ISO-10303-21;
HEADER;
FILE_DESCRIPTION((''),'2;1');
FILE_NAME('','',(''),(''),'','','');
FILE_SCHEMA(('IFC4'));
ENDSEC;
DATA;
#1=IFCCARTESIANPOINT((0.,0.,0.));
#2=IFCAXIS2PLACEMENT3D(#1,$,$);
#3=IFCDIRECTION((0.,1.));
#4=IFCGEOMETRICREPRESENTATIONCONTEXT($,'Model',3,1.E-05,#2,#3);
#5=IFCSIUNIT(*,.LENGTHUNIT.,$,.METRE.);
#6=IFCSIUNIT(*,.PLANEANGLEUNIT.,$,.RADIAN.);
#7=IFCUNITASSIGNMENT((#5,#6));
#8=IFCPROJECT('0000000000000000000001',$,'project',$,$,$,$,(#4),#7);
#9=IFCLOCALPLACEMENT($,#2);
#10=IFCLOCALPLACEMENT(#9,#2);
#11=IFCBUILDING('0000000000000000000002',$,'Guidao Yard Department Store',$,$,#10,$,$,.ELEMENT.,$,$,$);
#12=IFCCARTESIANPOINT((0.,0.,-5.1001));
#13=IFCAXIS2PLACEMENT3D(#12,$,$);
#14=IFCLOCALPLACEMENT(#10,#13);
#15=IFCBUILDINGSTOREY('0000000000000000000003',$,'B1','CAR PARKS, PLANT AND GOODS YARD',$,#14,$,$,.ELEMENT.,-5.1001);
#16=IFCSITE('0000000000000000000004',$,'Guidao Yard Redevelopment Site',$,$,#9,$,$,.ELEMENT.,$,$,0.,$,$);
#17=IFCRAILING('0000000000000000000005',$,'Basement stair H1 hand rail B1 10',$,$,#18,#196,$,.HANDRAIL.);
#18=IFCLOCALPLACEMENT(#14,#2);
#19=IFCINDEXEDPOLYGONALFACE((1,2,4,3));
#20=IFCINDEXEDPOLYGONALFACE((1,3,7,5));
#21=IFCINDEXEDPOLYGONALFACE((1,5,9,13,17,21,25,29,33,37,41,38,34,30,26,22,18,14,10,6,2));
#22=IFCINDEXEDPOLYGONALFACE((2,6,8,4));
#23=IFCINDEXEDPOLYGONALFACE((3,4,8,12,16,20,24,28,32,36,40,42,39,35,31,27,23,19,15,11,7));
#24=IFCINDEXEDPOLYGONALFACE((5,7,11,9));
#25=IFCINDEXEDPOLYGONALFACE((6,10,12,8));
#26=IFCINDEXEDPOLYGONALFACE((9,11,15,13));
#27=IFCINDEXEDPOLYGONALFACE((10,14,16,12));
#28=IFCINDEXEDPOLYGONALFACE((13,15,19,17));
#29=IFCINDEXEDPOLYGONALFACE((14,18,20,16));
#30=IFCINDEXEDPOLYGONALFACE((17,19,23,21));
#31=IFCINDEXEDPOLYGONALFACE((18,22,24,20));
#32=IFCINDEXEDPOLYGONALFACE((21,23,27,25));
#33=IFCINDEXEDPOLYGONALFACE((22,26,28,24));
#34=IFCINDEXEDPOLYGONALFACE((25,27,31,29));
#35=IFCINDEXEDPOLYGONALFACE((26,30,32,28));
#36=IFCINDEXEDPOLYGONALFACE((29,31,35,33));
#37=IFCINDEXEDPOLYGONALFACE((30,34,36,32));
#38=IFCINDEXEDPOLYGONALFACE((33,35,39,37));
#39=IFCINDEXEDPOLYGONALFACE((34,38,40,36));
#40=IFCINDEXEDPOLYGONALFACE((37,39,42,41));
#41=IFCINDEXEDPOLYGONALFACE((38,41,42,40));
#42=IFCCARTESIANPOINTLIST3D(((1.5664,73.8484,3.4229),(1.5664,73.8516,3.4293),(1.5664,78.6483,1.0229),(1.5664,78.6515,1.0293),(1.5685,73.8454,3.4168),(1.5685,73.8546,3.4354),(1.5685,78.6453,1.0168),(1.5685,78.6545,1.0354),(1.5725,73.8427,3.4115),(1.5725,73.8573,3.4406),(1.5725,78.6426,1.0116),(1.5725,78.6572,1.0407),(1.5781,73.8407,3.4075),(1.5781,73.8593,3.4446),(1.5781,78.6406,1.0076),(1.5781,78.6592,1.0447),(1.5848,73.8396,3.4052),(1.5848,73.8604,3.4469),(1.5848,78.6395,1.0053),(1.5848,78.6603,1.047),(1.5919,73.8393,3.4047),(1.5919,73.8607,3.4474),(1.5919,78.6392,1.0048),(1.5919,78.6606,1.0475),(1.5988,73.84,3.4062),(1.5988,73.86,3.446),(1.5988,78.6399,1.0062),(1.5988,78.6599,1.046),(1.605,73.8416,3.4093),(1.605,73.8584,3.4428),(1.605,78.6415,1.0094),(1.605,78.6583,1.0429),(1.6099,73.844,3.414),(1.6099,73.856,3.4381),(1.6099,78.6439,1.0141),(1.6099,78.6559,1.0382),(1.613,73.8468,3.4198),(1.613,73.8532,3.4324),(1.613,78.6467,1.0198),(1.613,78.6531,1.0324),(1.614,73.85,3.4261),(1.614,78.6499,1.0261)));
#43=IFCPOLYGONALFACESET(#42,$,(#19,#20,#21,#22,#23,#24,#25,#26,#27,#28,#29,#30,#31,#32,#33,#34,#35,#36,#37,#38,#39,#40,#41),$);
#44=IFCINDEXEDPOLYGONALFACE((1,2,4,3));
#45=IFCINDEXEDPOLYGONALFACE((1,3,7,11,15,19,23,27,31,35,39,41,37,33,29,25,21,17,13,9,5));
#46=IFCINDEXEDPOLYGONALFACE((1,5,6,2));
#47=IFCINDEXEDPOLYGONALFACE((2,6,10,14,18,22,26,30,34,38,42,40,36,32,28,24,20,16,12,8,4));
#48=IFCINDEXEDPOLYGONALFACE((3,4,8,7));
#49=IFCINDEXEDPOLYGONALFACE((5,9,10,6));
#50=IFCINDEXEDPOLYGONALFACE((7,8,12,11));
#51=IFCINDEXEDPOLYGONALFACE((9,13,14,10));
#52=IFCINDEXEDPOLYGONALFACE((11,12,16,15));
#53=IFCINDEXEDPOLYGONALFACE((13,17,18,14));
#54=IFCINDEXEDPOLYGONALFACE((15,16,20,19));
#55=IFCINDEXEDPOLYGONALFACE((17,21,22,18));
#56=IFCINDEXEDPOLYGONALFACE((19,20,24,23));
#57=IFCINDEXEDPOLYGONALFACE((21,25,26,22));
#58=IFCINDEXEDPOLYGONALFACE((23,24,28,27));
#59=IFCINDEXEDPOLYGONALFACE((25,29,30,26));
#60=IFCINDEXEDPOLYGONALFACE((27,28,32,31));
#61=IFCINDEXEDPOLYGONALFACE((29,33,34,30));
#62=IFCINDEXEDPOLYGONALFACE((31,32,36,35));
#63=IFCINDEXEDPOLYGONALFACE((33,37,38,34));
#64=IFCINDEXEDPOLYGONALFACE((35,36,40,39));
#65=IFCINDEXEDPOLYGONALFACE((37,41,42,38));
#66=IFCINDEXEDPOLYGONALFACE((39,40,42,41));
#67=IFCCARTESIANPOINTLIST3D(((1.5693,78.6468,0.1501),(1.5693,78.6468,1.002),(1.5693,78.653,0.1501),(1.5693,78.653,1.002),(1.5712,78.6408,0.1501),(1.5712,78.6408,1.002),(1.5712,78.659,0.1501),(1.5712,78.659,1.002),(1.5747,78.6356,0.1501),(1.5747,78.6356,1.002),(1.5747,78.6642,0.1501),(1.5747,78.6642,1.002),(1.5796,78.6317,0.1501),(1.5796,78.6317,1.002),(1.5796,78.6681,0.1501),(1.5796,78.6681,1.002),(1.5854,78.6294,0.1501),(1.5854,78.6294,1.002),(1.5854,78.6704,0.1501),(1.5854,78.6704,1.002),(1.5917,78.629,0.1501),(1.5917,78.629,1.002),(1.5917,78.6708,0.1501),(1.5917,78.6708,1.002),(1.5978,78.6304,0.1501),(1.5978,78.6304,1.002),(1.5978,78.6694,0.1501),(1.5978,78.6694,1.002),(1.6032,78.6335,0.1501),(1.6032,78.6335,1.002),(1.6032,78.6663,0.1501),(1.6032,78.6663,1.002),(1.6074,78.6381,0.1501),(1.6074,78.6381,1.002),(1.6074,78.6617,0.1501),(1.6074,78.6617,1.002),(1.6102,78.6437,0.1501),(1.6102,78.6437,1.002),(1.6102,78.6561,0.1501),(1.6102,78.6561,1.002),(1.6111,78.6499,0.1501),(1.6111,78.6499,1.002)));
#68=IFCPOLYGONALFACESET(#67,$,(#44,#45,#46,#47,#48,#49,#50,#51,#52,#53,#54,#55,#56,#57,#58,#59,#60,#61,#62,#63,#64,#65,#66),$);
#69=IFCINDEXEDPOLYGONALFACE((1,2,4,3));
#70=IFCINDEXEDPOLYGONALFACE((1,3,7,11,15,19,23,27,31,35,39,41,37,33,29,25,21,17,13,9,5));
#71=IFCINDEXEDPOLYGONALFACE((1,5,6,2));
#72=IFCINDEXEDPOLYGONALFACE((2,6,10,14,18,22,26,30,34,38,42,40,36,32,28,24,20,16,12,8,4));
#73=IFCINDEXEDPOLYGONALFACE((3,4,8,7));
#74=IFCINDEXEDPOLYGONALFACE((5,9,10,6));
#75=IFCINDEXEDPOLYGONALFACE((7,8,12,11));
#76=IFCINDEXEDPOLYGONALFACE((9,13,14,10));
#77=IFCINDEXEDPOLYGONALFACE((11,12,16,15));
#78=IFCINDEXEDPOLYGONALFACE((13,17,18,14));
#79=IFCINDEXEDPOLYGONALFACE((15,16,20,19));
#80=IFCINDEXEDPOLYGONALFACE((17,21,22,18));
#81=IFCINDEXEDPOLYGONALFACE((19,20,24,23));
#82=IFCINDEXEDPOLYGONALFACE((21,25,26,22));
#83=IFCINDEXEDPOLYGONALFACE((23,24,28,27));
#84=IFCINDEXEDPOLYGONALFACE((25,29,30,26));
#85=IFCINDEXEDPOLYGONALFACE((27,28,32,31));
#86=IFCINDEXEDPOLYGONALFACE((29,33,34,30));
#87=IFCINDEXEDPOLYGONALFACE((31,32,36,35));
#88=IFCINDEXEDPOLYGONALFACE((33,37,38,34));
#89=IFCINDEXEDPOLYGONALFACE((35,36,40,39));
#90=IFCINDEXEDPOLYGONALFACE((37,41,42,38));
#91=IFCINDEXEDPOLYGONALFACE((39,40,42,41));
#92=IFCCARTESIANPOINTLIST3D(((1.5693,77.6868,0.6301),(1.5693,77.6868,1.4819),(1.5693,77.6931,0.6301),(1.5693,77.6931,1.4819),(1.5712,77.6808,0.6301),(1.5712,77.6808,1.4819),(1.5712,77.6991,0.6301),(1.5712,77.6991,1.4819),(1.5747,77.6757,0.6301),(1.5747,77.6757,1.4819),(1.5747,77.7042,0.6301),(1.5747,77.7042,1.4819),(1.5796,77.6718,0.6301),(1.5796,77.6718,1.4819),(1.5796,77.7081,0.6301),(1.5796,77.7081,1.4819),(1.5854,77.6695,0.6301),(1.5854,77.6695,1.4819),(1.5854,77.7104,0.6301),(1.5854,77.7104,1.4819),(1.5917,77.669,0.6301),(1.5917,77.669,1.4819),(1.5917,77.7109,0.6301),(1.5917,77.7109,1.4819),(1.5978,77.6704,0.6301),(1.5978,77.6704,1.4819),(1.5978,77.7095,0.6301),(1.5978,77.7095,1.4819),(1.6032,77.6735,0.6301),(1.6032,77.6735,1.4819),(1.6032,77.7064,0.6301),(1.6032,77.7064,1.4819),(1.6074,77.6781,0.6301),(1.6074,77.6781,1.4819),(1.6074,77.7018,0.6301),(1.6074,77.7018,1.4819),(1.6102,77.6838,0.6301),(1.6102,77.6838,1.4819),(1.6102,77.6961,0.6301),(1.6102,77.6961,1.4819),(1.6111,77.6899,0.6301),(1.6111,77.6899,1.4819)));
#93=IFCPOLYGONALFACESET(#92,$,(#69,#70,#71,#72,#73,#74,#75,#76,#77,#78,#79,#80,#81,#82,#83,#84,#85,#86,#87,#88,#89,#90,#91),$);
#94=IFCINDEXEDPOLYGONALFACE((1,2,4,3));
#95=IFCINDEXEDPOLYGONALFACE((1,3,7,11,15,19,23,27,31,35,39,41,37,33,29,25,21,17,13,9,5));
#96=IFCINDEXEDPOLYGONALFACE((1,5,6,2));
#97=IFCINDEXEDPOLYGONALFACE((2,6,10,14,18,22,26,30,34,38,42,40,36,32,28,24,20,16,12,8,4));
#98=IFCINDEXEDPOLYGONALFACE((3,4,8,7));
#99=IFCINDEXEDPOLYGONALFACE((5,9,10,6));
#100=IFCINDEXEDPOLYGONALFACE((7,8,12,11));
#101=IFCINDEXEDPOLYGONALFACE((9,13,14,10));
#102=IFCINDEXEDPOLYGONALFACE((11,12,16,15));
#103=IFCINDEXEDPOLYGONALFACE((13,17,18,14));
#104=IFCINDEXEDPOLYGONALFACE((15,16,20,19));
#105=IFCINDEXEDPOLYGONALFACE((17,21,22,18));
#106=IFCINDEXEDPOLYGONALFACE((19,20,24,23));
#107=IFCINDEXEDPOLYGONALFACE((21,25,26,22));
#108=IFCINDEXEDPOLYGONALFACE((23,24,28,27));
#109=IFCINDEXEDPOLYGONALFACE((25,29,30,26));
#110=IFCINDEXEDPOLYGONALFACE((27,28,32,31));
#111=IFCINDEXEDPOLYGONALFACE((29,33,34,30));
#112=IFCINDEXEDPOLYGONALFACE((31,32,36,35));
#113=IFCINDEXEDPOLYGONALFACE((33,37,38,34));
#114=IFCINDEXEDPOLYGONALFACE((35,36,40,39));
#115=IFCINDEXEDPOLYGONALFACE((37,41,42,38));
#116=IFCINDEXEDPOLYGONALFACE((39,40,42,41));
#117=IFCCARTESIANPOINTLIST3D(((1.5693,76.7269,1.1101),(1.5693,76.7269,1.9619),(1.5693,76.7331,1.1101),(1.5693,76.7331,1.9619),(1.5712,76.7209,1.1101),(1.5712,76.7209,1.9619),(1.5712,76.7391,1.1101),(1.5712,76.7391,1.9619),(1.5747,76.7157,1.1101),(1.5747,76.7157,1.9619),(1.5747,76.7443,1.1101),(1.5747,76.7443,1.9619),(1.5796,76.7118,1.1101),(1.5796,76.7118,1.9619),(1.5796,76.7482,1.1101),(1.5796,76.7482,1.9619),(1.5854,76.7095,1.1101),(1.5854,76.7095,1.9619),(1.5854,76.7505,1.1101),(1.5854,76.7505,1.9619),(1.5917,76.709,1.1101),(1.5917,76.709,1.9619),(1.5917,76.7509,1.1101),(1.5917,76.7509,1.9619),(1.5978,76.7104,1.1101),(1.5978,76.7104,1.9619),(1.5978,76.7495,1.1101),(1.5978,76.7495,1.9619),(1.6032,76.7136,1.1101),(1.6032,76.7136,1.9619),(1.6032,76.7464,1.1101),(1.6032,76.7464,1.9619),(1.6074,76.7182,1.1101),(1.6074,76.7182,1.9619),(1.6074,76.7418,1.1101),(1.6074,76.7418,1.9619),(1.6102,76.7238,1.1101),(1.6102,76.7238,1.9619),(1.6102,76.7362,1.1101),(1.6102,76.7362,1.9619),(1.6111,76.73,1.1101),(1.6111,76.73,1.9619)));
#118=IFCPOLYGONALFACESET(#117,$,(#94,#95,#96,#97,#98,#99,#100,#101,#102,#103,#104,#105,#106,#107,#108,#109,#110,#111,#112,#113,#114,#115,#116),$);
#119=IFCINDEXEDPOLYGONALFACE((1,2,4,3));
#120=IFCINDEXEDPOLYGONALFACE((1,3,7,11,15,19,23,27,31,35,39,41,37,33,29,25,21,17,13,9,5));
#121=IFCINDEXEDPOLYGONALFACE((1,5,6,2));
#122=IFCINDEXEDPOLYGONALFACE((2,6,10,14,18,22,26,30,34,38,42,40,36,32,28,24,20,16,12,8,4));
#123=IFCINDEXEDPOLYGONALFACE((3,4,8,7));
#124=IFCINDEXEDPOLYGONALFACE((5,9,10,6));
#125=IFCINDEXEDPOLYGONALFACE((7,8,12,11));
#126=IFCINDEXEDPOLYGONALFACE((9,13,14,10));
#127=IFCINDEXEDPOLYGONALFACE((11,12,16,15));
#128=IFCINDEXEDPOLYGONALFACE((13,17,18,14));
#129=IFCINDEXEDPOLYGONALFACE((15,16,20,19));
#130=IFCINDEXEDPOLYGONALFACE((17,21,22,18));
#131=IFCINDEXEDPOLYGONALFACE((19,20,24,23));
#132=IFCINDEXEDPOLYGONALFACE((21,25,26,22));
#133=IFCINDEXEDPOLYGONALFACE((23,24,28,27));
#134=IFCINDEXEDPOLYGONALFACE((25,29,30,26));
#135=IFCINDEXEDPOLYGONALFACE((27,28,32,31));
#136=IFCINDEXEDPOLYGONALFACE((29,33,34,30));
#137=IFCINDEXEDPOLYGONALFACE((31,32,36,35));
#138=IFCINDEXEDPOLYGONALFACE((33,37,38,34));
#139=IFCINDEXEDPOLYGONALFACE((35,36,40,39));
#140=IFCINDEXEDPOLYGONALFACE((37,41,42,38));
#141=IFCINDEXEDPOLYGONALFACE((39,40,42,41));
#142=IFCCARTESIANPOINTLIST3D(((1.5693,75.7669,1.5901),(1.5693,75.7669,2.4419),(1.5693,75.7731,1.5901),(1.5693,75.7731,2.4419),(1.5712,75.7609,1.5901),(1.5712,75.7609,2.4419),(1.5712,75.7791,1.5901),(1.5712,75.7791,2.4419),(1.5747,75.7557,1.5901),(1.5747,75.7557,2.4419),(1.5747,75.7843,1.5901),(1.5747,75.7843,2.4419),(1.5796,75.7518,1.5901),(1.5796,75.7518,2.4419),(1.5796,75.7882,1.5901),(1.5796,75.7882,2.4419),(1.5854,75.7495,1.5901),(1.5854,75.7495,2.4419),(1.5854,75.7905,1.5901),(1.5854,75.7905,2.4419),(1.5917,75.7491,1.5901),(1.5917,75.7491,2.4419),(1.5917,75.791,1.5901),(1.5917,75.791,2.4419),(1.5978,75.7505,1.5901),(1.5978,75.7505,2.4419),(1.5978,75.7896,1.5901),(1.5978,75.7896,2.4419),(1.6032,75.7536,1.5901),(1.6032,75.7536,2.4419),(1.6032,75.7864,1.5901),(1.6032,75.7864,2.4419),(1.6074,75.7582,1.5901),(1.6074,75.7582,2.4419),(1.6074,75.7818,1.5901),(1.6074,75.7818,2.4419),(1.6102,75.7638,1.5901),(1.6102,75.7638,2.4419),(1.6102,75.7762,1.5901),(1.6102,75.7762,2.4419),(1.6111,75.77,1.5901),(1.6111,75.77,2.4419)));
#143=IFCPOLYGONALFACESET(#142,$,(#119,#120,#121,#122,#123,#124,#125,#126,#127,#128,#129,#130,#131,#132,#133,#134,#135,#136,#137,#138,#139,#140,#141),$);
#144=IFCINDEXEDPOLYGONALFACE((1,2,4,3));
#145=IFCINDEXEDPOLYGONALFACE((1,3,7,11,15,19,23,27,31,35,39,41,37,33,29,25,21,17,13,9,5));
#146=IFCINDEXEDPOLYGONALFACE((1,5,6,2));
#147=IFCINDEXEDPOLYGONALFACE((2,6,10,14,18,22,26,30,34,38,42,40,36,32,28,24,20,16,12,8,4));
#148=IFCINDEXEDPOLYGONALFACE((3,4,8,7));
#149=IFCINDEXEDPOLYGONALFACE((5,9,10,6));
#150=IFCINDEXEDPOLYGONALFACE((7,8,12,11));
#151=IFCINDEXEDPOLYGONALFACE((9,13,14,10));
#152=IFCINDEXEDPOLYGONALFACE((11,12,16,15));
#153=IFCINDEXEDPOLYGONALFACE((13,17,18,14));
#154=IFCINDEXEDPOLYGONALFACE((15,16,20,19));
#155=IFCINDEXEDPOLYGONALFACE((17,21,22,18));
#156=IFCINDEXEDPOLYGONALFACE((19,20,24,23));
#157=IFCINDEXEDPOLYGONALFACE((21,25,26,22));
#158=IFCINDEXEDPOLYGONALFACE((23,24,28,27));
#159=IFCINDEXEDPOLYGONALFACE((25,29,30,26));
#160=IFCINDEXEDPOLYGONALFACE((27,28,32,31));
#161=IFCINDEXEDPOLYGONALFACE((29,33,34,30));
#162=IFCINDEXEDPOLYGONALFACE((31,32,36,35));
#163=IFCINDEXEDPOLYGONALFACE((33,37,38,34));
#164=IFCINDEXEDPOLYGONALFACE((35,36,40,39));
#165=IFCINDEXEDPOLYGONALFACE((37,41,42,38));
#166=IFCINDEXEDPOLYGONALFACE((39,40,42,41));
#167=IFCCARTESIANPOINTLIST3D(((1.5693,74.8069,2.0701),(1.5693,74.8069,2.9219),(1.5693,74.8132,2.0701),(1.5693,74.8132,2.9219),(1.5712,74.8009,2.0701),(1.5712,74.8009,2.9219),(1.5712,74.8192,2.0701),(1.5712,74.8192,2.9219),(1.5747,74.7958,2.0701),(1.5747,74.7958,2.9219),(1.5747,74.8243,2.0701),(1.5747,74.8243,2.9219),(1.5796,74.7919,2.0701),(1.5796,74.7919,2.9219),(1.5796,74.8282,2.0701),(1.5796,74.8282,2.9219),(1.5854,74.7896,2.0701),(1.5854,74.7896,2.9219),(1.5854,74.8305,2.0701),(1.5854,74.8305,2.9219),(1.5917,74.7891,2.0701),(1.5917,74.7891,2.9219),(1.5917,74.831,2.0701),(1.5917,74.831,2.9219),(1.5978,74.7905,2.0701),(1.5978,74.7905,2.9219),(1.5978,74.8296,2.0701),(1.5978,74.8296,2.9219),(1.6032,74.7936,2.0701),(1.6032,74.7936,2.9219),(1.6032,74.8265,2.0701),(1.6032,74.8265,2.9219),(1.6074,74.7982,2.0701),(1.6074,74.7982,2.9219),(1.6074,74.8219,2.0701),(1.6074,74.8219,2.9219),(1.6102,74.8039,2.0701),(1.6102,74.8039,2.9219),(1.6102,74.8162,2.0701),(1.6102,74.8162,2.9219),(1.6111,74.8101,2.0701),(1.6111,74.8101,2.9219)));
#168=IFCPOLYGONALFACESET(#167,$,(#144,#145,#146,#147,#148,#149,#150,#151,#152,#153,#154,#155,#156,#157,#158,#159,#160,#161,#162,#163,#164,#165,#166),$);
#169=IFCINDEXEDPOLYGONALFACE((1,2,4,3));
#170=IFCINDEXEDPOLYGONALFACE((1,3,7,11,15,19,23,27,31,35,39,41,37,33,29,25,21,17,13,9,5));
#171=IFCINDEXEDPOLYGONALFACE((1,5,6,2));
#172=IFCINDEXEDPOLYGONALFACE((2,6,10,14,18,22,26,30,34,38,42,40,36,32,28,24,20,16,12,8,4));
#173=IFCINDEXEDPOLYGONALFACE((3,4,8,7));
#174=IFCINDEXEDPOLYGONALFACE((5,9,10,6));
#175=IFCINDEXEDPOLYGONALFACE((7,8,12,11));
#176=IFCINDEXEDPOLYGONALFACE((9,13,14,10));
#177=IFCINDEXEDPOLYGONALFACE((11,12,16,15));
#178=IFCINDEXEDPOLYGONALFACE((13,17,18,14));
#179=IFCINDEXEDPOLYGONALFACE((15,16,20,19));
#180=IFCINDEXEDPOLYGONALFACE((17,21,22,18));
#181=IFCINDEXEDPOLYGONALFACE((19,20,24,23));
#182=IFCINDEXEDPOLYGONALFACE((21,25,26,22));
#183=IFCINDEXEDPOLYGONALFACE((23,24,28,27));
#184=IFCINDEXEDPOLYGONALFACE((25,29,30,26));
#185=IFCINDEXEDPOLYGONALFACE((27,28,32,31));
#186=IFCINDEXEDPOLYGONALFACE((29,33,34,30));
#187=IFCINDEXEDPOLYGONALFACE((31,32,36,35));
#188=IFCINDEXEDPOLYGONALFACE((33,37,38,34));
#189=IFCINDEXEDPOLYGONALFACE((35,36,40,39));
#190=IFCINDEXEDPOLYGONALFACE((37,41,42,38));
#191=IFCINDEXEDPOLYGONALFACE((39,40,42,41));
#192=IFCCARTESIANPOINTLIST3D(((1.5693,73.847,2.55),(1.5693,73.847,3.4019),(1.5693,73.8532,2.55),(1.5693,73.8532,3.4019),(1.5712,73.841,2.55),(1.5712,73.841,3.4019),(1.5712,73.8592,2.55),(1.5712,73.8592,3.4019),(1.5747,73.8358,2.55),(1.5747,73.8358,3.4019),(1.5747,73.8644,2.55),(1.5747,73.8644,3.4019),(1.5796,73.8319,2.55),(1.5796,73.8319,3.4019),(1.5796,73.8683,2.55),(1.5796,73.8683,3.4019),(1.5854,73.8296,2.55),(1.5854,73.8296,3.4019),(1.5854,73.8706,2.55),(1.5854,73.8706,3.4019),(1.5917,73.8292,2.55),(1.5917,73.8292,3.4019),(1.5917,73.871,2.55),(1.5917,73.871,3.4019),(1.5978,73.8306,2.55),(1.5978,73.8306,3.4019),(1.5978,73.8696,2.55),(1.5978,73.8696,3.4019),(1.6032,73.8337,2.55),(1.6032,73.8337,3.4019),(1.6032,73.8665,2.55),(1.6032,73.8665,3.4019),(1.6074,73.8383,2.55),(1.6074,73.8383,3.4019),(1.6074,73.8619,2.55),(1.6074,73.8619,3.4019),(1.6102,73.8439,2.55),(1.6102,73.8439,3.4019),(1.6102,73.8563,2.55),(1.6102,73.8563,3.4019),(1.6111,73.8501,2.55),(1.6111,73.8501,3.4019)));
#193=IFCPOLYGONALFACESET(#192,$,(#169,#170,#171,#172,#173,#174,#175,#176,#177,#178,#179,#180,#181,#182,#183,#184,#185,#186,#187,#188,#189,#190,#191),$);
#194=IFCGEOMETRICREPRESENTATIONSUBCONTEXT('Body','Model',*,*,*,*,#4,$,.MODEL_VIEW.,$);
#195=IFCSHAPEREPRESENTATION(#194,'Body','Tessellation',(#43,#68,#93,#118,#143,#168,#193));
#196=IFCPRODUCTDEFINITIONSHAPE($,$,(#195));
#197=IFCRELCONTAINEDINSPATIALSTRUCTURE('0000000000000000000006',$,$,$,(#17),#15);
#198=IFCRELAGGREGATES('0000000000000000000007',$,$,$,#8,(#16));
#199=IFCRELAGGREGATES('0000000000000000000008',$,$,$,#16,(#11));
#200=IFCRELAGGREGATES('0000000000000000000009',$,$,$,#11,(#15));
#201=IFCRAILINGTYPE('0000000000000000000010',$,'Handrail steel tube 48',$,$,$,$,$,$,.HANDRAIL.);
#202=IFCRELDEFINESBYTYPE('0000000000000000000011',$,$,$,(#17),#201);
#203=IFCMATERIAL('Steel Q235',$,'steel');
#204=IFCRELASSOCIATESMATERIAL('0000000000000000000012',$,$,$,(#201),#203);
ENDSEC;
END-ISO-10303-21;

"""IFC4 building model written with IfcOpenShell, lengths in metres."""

from ifc_helpers import new_model, si_unit, direction, frame, origin, origin_2d, place, context, subcontext, project, spatial, circle, extrude, material, type_object, element, save


model = new_model("IFC4")

# Units and contexts
model_context = context("Model", 3, precision=1e-05, world=origin(), true_north=direction((0.0, 1.0)))
body_context = subcontext(model_context, "Body", "Model", "MODEL_VIEW")
ifc_project = project(units=[si_unit("LENGTHUNIT", "METRE"), si_unit("PLANEANGLEUNIT", "RADIAN")], contexts=[model_context])

# Site, building, storey
site_placement = place(None, origin())
site = spatial("IfcSite", under=ifc_project, at=site_placement, Name="Guidao Yard Redevelopment Site", CompositionType="ELEMENT", RefElevation=0.0)
building_placement = place(site_placement, origin())
building = spatial("IfcBuilding", under=site, at=building_placement, Name="Guidao Yard Department Store", CompositionType="ELEMENT")
storey_placement = place(building_placement, frame((0.0, 0.0, -5.1001)))
storey = spatial("IfcBuildingStorey", under=building, at=storey_placement, Name="B1", Description="CAR PARKS, PLANT AND GOODS YARD", CompositionType="ELEMENT", Elevation=-5.1001)

# Railing
ifc_material_1 = material(Name="Steel Q235", Category="steel")
railing_type_1 = type_object("IfcRailingType", Name="Handrail steel tube 48", PredefinedType="HANDRAIL", material=ifc_material_1)
for number, where, name in (
    (1, (1.5901, 78.6499, 0.1501), "Basement stair H1 hand rail B1 10"),
):
    element("IfcRailing", number, at=place(storey_placement, frame(where)), inside=storey, type_object=railing_type_1, Name=name, PredefinedType="HANDRAIL", context=body_context, shape_type="SweptSolid", body=[
        extrude(circle(Radius=0.0239, at=origin_2d()), frame((0.0, 0.0, 0.876), z_axis=(0.0, -0.894427, 0.447214), x_axis=(1.0, 0.0, 0.0)), (0.0, 0.0, 1.0), 5.3665),
        extrude(circle(Radius=0.021, at=origin_2d()), origin(), (0.0, 0.0, 1.0), 0.8518),
        extrude(circle(Radius=0.021, at=origin_2d()), frame((0.0, -0.96, 0.48)), (0.0, 0.0, 1.0), 0.8518),
        extrude(circle(Radius=0.021, at=origin_2d()), frame((0.0, -1.9199, 0.96)), (0.0, 0.0, 1.0), 0.8518),
        extrude(circle(Radius=0.021, at=origin_2d()), frame((0.0, -2.8799, 1.4399)), (0.0, 0.0, 1.0), 0.8518),
        extrude(circle(Radius=0.021, at=origin_2d()), frame((0.0, -3.8398, 1.9199)), (0.0, 0.0, 1.0), 0.8518),
        extrude(circle(Radius=0.021, at=origin_2d()), frame((0.0, -4.7998, 2.3999)), (0.0, 0.0, 1.0), 0.8518),
    ])

save(model, "model.ifc")
